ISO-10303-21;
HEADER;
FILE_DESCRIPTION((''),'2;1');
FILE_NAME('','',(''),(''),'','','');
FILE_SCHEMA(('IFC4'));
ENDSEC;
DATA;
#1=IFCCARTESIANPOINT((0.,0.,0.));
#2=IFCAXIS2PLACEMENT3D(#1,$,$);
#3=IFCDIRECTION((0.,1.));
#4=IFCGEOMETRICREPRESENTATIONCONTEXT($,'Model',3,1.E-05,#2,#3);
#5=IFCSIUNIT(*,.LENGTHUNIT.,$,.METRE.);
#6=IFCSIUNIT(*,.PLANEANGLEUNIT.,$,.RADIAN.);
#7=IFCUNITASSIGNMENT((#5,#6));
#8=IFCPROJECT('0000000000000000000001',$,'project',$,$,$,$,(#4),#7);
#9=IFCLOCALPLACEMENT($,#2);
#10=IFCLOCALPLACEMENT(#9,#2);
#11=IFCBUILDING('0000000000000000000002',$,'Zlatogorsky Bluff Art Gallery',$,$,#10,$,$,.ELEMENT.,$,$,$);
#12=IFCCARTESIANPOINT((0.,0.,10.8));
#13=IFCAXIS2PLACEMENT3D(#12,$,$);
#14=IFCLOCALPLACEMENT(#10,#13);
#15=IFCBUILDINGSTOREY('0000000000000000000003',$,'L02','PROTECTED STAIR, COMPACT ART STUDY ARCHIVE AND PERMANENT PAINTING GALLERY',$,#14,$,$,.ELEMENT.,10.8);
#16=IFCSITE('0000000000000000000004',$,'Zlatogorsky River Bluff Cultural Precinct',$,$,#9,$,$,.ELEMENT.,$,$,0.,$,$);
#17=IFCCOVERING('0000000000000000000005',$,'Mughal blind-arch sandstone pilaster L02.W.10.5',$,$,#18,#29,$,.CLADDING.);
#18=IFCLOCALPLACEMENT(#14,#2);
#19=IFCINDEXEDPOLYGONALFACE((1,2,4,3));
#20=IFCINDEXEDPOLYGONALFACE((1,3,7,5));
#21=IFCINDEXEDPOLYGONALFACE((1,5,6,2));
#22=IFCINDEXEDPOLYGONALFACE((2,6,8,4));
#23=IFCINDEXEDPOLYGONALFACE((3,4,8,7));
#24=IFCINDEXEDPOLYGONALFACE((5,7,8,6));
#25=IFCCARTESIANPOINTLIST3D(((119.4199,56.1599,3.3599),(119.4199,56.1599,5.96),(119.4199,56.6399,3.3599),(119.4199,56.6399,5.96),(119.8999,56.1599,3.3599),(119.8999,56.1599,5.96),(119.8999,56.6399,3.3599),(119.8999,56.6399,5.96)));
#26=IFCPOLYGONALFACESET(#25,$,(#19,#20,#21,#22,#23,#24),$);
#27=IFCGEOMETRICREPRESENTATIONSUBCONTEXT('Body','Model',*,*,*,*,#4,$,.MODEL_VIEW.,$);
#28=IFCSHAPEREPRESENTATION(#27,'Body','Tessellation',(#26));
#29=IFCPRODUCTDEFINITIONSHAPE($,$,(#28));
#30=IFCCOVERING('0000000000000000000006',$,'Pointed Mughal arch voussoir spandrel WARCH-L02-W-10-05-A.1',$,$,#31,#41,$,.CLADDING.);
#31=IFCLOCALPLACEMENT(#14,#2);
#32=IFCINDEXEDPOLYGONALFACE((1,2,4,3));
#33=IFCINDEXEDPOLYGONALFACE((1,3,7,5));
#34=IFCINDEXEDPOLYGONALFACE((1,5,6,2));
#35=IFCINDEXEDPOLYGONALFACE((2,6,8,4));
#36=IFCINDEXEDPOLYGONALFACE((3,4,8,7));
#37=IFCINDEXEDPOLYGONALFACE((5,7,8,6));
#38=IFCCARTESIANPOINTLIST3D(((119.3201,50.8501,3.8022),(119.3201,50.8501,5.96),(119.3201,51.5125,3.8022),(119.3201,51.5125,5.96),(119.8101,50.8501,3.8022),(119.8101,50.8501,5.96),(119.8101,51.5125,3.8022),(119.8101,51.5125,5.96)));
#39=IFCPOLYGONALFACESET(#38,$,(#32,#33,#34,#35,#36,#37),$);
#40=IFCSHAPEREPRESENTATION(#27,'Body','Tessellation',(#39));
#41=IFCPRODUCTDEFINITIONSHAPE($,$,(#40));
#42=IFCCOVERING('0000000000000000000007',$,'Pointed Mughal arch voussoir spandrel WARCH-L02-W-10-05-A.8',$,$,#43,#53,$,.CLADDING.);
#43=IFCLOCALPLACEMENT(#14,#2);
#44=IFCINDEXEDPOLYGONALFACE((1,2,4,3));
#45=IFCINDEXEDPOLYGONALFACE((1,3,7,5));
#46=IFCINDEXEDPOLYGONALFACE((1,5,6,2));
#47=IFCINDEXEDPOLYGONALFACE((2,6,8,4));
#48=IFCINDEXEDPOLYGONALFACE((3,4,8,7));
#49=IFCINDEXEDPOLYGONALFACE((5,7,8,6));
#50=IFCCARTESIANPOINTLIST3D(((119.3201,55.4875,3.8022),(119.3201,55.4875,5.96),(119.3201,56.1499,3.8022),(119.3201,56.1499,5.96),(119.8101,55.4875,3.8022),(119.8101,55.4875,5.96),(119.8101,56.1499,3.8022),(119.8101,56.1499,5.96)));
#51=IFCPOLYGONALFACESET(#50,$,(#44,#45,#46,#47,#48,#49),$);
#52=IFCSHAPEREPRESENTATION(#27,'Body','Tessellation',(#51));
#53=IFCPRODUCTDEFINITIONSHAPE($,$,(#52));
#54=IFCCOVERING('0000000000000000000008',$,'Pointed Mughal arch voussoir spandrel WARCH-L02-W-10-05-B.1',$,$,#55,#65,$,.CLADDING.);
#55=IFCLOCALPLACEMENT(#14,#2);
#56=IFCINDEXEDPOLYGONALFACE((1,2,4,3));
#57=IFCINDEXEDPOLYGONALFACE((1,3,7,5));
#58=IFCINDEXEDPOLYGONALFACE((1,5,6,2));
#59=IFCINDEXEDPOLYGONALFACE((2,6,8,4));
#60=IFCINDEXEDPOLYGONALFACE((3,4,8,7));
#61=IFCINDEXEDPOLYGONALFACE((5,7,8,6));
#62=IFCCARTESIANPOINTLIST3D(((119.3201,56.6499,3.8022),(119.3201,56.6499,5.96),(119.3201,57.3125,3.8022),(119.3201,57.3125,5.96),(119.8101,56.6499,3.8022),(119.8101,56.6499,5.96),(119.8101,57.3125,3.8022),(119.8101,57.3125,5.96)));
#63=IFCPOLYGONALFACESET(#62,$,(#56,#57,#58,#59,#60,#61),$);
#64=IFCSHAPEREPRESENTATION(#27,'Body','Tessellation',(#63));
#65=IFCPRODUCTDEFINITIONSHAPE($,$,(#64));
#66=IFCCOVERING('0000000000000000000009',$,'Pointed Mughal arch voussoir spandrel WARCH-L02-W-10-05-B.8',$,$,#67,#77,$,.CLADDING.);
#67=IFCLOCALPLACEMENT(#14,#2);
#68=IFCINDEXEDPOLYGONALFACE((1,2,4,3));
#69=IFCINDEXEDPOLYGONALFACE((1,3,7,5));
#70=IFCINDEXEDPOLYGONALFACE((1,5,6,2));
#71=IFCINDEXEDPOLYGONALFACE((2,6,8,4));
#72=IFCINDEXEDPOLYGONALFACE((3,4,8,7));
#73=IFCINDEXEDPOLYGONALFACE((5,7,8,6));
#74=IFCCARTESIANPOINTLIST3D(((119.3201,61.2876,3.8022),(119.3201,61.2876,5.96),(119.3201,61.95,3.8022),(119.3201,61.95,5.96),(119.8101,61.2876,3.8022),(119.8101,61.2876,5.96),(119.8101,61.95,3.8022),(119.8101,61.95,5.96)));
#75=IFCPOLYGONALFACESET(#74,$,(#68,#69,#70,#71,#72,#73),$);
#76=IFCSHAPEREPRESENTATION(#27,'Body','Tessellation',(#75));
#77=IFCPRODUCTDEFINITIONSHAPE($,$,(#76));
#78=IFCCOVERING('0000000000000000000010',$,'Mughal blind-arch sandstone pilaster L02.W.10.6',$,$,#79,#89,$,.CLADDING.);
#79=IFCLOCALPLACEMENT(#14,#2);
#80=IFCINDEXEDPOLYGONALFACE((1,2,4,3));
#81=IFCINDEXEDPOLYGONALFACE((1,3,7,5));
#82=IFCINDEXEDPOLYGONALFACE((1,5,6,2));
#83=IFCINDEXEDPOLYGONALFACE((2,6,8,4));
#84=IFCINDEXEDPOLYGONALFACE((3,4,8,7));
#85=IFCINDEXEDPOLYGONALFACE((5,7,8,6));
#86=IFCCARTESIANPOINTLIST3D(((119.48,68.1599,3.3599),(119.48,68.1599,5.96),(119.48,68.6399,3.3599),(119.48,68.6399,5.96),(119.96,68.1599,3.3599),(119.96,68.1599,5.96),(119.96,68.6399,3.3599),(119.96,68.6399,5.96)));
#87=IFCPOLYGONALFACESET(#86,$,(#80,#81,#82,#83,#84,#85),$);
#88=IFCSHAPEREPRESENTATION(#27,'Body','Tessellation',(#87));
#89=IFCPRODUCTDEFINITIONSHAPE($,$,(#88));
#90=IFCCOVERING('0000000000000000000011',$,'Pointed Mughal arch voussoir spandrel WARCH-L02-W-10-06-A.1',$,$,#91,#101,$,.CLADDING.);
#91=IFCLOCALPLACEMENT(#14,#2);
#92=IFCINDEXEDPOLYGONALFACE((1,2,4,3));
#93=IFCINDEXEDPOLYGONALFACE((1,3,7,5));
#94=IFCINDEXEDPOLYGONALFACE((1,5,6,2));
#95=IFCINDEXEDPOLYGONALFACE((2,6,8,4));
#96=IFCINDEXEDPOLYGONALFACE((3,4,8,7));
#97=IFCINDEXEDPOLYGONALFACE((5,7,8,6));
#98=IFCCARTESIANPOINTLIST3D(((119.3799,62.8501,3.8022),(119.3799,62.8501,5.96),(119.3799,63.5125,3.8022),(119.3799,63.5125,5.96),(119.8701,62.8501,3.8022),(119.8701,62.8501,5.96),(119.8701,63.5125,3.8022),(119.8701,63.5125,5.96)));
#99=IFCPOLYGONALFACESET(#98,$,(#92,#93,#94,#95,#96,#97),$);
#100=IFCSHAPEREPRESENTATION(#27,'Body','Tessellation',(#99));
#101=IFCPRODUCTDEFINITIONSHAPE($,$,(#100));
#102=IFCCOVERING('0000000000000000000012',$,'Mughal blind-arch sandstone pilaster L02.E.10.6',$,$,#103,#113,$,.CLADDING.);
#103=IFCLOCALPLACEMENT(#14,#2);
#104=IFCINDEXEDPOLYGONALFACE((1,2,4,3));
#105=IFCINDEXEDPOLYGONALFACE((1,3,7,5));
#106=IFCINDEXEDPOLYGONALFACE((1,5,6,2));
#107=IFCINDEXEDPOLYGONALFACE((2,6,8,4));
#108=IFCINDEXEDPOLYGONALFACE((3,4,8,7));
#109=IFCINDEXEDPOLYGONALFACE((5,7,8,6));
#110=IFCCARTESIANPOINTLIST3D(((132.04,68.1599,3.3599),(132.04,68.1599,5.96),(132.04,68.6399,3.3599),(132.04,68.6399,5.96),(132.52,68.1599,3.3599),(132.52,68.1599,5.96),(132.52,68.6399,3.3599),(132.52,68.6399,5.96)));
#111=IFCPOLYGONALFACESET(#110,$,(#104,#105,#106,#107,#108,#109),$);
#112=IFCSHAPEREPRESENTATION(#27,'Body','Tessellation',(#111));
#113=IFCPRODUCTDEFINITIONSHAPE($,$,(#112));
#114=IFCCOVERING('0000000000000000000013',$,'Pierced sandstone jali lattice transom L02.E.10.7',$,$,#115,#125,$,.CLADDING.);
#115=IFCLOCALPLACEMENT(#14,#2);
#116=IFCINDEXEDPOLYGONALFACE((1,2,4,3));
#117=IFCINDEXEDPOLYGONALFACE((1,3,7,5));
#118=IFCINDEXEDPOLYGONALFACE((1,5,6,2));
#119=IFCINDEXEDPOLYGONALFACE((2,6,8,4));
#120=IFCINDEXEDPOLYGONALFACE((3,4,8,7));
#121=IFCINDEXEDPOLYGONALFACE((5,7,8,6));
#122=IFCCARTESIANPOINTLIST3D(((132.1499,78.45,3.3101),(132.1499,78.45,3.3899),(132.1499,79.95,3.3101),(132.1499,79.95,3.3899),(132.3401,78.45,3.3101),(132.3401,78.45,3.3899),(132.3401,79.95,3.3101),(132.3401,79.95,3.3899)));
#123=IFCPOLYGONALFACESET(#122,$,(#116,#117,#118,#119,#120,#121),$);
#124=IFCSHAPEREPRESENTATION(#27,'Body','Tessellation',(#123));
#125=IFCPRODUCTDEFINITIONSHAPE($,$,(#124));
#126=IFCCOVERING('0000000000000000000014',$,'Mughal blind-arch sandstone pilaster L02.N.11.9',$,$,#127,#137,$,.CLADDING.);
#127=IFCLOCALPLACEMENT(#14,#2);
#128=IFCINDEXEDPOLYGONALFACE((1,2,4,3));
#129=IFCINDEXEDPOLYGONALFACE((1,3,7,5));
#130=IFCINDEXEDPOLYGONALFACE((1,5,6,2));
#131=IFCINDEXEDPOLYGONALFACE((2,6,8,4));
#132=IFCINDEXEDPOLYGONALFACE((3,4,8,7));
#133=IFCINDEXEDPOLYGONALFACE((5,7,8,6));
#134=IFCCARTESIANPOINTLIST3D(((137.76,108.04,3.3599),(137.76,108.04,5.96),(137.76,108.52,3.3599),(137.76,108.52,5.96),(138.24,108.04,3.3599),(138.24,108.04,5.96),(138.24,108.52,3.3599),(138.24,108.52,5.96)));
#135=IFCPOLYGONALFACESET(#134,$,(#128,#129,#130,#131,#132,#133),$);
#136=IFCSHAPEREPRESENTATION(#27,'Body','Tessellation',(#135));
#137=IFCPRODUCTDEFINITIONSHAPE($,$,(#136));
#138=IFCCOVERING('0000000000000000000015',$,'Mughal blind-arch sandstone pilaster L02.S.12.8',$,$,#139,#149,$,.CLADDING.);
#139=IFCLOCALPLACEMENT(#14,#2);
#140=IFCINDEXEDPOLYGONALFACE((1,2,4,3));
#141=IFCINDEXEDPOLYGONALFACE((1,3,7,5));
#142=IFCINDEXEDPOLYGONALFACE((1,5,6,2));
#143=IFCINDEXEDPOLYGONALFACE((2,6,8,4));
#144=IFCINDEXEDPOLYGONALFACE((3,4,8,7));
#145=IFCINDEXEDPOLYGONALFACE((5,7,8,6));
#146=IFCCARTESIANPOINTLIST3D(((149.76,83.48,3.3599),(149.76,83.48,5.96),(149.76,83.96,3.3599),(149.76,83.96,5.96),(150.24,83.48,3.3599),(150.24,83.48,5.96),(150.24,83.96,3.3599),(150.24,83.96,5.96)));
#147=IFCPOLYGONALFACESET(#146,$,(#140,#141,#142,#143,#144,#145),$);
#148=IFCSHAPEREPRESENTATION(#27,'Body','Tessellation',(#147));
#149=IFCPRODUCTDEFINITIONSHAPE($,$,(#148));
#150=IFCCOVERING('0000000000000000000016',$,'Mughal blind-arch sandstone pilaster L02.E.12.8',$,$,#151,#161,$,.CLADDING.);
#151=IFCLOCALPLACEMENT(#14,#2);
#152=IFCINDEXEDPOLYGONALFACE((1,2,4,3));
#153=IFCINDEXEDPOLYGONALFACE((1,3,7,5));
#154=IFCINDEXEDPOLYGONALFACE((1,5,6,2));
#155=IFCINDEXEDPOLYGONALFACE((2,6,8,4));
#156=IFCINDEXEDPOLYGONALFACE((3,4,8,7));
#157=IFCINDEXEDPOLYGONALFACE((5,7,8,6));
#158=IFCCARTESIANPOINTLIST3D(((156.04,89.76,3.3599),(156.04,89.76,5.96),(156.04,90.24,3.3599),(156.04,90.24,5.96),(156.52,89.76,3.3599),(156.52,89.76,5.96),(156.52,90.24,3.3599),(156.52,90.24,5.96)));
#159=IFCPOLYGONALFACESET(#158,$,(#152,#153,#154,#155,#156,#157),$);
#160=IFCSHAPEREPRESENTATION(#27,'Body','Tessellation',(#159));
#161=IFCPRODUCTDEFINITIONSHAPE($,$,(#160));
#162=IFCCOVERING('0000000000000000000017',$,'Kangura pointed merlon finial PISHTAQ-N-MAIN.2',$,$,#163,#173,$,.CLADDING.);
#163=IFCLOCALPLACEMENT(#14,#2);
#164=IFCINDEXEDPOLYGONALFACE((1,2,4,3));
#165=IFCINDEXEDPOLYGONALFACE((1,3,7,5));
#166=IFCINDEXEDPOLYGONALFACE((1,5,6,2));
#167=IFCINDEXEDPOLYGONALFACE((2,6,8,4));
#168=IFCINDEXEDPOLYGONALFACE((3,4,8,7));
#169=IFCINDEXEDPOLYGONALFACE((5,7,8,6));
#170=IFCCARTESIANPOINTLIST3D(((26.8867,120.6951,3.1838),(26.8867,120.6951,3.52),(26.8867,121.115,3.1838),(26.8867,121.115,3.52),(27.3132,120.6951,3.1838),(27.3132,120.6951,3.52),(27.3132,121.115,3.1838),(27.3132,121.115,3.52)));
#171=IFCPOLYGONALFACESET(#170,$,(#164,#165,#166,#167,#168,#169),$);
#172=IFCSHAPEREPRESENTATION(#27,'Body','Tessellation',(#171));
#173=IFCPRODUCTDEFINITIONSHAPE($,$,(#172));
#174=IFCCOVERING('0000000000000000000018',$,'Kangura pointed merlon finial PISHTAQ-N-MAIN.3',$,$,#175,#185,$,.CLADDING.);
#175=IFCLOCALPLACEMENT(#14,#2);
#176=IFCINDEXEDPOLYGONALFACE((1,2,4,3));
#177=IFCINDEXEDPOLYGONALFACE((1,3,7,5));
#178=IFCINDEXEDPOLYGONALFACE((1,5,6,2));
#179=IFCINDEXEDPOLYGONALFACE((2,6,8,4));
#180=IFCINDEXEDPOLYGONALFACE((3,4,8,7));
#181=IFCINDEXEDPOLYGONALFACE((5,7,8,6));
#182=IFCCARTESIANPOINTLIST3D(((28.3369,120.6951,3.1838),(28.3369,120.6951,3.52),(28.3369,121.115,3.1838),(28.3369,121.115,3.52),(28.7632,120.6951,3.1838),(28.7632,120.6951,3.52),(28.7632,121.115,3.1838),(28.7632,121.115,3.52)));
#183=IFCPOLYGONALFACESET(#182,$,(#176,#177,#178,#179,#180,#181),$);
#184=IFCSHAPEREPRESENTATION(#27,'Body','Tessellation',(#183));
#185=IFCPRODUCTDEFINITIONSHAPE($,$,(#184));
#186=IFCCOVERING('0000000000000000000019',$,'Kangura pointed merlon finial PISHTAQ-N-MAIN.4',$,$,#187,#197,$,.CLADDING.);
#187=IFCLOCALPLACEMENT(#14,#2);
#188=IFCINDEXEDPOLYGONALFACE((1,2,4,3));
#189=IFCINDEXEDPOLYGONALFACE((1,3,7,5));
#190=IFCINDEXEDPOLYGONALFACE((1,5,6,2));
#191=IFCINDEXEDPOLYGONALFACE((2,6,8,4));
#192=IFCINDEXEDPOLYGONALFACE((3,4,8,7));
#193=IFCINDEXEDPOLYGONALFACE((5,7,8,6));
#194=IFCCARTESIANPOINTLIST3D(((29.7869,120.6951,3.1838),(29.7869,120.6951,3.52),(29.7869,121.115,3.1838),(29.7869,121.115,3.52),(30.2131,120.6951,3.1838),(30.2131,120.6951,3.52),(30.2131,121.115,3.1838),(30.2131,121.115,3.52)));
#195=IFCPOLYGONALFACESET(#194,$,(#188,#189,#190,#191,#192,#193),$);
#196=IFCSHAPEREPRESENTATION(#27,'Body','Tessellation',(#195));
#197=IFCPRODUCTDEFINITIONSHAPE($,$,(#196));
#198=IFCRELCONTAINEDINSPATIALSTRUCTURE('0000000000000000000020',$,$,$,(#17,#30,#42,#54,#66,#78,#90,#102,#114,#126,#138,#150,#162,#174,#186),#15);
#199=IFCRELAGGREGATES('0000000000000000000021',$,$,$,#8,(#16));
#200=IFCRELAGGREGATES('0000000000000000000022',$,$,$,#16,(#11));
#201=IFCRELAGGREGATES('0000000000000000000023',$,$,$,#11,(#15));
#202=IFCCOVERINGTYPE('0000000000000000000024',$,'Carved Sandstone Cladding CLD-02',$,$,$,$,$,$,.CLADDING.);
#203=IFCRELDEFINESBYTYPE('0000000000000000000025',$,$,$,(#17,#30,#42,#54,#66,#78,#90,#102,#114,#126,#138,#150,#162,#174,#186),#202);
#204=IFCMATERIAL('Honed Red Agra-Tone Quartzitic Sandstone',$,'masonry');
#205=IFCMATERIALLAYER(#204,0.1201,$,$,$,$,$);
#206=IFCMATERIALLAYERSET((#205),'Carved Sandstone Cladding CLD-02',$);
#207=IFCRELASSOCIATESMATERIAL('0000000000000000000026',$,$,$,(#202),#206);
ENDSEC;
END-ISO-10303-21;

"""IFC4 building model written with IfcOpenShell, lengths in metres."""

from ifc_helpers import new_model, si_unit, direction, frame, origin, place, context, subcontext, project, spatial, polyline, outline, extrude, material, layer, layer_set, type_object, element, save


model = new_model("IFC4")

# Units and contexts
model_context = context("Model", 3, precision=1e-05, world=origin(), true_north=direction((0.0, 1.0)))
body_context = subcontext(model_context, "Body", "Model", "MODEL_VIEW")
ifc_project = project(units=[si_unit("LENGTHUNIT", "METRE"), si_unit("PLANEANGLEUNIT", "RADIAN")], contexts=[model_context])

# Site, building, storey
site_placement = place(None, origin())
site = spatial("IfcSite", under=ifc_project, at=site_placement, Name="Zlatogorsky River Bluff Cultural Precinct", CompositionType="ELEMENT", RefElevation=0.0)
building_placement = place(site_placement, origin())
building = spatial("IfcBuilding", under=site, at=building_placement, Name="Zlatogorsky Bluff Art Gallery", CompositionType="ELEMENT")
storey_placement = place(building_placement, frame((0.0, 0.0, 10.8)))
storey = spatial("IfcBuildingStorey", under=building, at=storey_placement, Name="L02", Description="PROTECTED STAIR, COMPACT ART STUDY ARCHIVE AND PERMANENT PAINTING GALLERY", CompositionType="ELEMENT", Elevation=10.8)

# Coverings
ifc_material_1 = material(Name="Honed Red Agra-Tone Quartzitic Sandstone", Category="masonry")
ifc_layer_1 = layer(ifc_material_1, 0.1201)
ifc_layer_set_1 = layer_set([ifc_layer_1], Name="Carved Sandstone Cladding CLD-02")
covering_type_1 = type_object("IfcCoveringType", Name="Carved Sandstone Cladding CLD-02", PredefinedType="CLADDING", material=ifc_layer_set_1)
covering_1_placement = place(storey_placement, frame((0.0, 0.0, 3.3599)))
element("IfcCovering", 1, at=covering_1_placement, inside=storey, type_object=covering_type_1, Name="Mughal blind-arch sandstone pilaster L02.W.10.5", PredefinedType="CLADDING", context=body_context, shape_type="SweptSolid", body=[
    extrude(outline(polyline([(119.4199, 56.1599), (119.8999, 56.1599), (119.8999, 56.6399), (119.4199, 56.6399), (119.4199, 56.1599)])), origin(), (0.0, 0.0, 1.0), 2.6001),
])
covering_2_placement = place(storey_placement, frame((0.0, 0.0, 3.8022)))
element("IfcCovering", 2, at=covering_2_placement, inside=storey, type_object=covering_type_1, Name="Pointed Mughal arch voussoir spandrel WARCH-L02-W-10-05-A.1", PredefinedType="CLADDING", context=body_context, shape_type="SweptSolid", body=[
    extrude(outline(polyline([(119.3201, 50.8501), (119.3201, 51.5125), (119.8101, 51.5125), (119.8101, 50.8501), (119.3201, 50.8501)])), origin(), (0.0, 0.0, 1.0), 2.1577),
])
covering_3_placement = place(storey_placement, frame((0.0, 0.0, 3.8022)))
element("IfcCovering", 3, at=covering_3_placement, inside=storey, type_object=covering_type_1, Name="Pointed Mughal arch voussoir spandrel WARCH-L02-W-10-05-A.8", PredefinedType="CLADDING", context=body_context, shape_type="SweptSolid", body=[
    extrude(outline(polyline([(119.3201, 55.4875), (119.3201, 56.1499), (119.8101, 56.1499), (119.8101, 55.4875), (119.3201, 55.4875)])), origin(), (0.0, 0.0, 1.0), 2.1577),
])
covering_4_placement = place(storey_placement, frame((0.0, 0.0, 3.8022)))
element("IfcCovering", 4, at=covering_4_placement, inside=storey, type_object=covering_type_1, Name="Pointed Mughal arch voussoir spandrel WARCH-L02-W-10-05-B.1", PredefinedType="CLADDING", context=body_context, shape_type="SweptSolid", body=[
    extrude(outline(polyline([(119.3201, 56.6499), (119.3201, 57.3125), (119.8101, 57.3125), (119.8101, 56.6499), (119.3201, 56.6499)])), origin(), (0.0, 0.0, 1.0), 2.1577),
])
covering_5_placement = place(storey_placement, frame((0.0, 0.0, 3.8022)))
element("IfcCovering", 5, at=covering_5_placement, inside=storey, type_object=covering_type_1, Name="Pointed Mughal arch voussoir spandrel WARCH-L02-W-10-05-B.8", PredefinedType="CLADDING", context=body_context, shape_type="SweptSolid", body=[
    extrude(outline(polyline([(119.3201, 61.2876), (119.3201, 61.95), (119.8101, 61.95), (119.8101, 61.2876), (119.3201, 61.2876)])), origin(), (0.0, 0.0, 1.0), 2.1577),
])
covering_6_placement = place(storey_placement, frame((0.0, 0.0, 3.3599)))
element("IfcCovering", 6, at=covering_6_placement, inside=storey, type_object=covering_type_1, Name="Mughal blind-arch sandstone pilaster L02.W.10.6", PredefinedType="CLADDING", context=body_context, shape_type="SweptSolid", body=[
    extrude(outline(polyline([(119.48, 68.1599), (119.96, 68.1599), (119.96, 68.6399), (119.48, 68.6399), (119.48, 68.1599)])), origin(), (0.0, 0.0, 1.0), 2.6001),
])
covering_7_placement = place(storey_placement, frame((0.0, 0.0, 3.8022)))
element("IfcCovering", 7, at=covering_7_placement, inside=storey, type_object=covering_type_1, Name="Pointed Mughal arch voussoir spandrel WARCH-L02-W-10-06-A.1", PredefinedType="CLADDING", context=body_context, shape_type="SweptSolid", body=[
    extrude(outline(polyline([(119.3799, 62.8501), (119.3799, 63.5125), (119.8701, 63.5125), (119.8701, 62.8501), (119.3799, 62.8501)])), origin(), (0.0, 0.0, 1.0), 2.1577),
])
covering_8_placement = place(storey_placement, frame((0.0, 0.0, 3.3599)))
element("IfcCovering", 8, at=covering_8_placement, inside=storey, type_object=covering_type_1, Name="Mughal blind-arch sandstone pilaster L02.E.10.6", PredefinedType="CLADDING", context=body_context, shape_type="SweptSolid", body=[
    extrude(outline(polyline([(132.04, 68.1599), (132.52, 68.1599), (132.52, 68.6399), (132.04, 68.6399), (132.04, 68.1599)])), origin(), (0.0, 0.0, 1.0), 2.6001),
])
covering_9_placement = place(storey_placement, frame((0.0, 0.0, 3.3101)))
element("IfcCovering", 9, at=covering_9_placement, inside=storey, type_object=covering_type_1, Name="Pierced sandstone jali lattice transom L02.E.10.7", PredefinedType="CLADDING", context=body_context, shape_type="SweptSolid", body=[
    extrude(outline(polyline([(132.1499, 78.45), (132.1499, 79.95), (132.3401, 79.95), (132.3401, 78.45), (132.1499, 78.45)])), origin(), (0.0, 0.0, 1.0), 0.0798),
])
covering_10_placement = place(storey_placement, frame((0.0, 0.0, 3.3599)))
element("IfcCovering", 10, at=covering_10_placement, inside=storey, type_object=covering_type_1, Name="Mughal blind-arch sandstone pilaster L02.N.11.9", PredefinedType="CLADDING", context=body_context, shape_type="SweptSolid", body=[
    extrude(outline(polyline([(137.76, 108.04), (138.24, 108.04), (138.24, 108.52), (137.76, 108.52), (137.76, 108.04)])), origin(), (0.0, 0.0, 1.0), 2.6001),
])
covering_11_placement = place(storey_placement, frame((0.0, 0.0, 3.3599)))
element("IfcCovering", 11, at=covering_11_placement, inside=storey, type_object=covering_type_1, Name="Mughal blind-arch sandstone pilaster L02.S.12.8", PredefinedType="CLADDING", context=body_context, shape_type="SweptSolid", body=[
    extrude(outline(polyline([(149.76, 83.48), (150.24, 83.48), (150.24, 83.96), (149.76, 83.96), (149.76, 83.48)])), origin(), (0.0, 0.0, 1.0), 2.6001),
])
covering_12_placement = place(storey_placement, frame((0.0, 0.0, 3.3599)))
element("IfcCovering", 12, at=covering_12_placement, inside=storey, type_object=covering_type_1, Name="Mughal blind-arch sandstone pilaster L02.E.12.8", PredefinedType="CLADDING", context=body_context, shape_type="SweptSolid", body=[
    extrude(outline(polyline([(156.04, 89.76), (156.52, 89.76), (156.52, 90.24), (156.04, 90.24), (156.04, 89.76)])), origin(), (0.0, 0.0, 1.0), 2.6001),
])
covering_13_placement = place(storey_placement, frame((0.0, 0.0, 3.1838)))
element("IfcCovering", 13, at=covering_13_placement, inside=storey, type_object=covering_type_1, Name="Kangura pointed merlon finial PISHTAQ-N-MAIN.2", PredefinedType="CLADDING", context=body_context, shape_type="SweptSolid", body=[
    extrude(outline(polyline([(26.8867, 120.6951), (27.3132, 120.6951), (27.3132, 121.115), (26.8867, 121.115), (26.8867, 120.6951)])), origin(), (0.0, 0.0, 1.0), 0.3362),
])
covering_14_placement = place(storey_placement, frame((0.0, 0.0, 3.1838)))
element("IfcCovering", 14, at=covering_14_placement, inside=storey, type_object=covering_type_1, Name="Kangura pointed merlon finial PISHTAQ-N-MAIN.3", PredefinedType="CLADDING", context=body_context, shape_type="SweptSolid", body=[
    extrude(outline(polyline([(28.3369, 120.6951), (28.7632, 120.6951), (28.7632, 121.115), (28.3369, 121.115), (28.3369, 120.6951)])), origin(), (0.0, 0.0, 1.0), 0.3362),
])
covering_15_placement = place(storey_placement, frame((0.0, 0.0, 3.1838)))
element("IfcCovering", 15, at=covering_15_placement, inside=storey, type_object=covering_type_1, Name="Kangura pointed merlon finial PISHTAQ-N-MAIN.4", PredefinedType="CLADDING", context=body_context, shape_type="SweptSolid", body=[
    extrude(outline(polyline([(29.7869, 120.6951), (30.2131, 120.6951), (30.2131, 121.115), (29.7869, 121.115), (29.7869, 120.6951)])), origin(), (0.0, 0.0, 1.0), 0.3362),
])

save(model, "model.ifc")
